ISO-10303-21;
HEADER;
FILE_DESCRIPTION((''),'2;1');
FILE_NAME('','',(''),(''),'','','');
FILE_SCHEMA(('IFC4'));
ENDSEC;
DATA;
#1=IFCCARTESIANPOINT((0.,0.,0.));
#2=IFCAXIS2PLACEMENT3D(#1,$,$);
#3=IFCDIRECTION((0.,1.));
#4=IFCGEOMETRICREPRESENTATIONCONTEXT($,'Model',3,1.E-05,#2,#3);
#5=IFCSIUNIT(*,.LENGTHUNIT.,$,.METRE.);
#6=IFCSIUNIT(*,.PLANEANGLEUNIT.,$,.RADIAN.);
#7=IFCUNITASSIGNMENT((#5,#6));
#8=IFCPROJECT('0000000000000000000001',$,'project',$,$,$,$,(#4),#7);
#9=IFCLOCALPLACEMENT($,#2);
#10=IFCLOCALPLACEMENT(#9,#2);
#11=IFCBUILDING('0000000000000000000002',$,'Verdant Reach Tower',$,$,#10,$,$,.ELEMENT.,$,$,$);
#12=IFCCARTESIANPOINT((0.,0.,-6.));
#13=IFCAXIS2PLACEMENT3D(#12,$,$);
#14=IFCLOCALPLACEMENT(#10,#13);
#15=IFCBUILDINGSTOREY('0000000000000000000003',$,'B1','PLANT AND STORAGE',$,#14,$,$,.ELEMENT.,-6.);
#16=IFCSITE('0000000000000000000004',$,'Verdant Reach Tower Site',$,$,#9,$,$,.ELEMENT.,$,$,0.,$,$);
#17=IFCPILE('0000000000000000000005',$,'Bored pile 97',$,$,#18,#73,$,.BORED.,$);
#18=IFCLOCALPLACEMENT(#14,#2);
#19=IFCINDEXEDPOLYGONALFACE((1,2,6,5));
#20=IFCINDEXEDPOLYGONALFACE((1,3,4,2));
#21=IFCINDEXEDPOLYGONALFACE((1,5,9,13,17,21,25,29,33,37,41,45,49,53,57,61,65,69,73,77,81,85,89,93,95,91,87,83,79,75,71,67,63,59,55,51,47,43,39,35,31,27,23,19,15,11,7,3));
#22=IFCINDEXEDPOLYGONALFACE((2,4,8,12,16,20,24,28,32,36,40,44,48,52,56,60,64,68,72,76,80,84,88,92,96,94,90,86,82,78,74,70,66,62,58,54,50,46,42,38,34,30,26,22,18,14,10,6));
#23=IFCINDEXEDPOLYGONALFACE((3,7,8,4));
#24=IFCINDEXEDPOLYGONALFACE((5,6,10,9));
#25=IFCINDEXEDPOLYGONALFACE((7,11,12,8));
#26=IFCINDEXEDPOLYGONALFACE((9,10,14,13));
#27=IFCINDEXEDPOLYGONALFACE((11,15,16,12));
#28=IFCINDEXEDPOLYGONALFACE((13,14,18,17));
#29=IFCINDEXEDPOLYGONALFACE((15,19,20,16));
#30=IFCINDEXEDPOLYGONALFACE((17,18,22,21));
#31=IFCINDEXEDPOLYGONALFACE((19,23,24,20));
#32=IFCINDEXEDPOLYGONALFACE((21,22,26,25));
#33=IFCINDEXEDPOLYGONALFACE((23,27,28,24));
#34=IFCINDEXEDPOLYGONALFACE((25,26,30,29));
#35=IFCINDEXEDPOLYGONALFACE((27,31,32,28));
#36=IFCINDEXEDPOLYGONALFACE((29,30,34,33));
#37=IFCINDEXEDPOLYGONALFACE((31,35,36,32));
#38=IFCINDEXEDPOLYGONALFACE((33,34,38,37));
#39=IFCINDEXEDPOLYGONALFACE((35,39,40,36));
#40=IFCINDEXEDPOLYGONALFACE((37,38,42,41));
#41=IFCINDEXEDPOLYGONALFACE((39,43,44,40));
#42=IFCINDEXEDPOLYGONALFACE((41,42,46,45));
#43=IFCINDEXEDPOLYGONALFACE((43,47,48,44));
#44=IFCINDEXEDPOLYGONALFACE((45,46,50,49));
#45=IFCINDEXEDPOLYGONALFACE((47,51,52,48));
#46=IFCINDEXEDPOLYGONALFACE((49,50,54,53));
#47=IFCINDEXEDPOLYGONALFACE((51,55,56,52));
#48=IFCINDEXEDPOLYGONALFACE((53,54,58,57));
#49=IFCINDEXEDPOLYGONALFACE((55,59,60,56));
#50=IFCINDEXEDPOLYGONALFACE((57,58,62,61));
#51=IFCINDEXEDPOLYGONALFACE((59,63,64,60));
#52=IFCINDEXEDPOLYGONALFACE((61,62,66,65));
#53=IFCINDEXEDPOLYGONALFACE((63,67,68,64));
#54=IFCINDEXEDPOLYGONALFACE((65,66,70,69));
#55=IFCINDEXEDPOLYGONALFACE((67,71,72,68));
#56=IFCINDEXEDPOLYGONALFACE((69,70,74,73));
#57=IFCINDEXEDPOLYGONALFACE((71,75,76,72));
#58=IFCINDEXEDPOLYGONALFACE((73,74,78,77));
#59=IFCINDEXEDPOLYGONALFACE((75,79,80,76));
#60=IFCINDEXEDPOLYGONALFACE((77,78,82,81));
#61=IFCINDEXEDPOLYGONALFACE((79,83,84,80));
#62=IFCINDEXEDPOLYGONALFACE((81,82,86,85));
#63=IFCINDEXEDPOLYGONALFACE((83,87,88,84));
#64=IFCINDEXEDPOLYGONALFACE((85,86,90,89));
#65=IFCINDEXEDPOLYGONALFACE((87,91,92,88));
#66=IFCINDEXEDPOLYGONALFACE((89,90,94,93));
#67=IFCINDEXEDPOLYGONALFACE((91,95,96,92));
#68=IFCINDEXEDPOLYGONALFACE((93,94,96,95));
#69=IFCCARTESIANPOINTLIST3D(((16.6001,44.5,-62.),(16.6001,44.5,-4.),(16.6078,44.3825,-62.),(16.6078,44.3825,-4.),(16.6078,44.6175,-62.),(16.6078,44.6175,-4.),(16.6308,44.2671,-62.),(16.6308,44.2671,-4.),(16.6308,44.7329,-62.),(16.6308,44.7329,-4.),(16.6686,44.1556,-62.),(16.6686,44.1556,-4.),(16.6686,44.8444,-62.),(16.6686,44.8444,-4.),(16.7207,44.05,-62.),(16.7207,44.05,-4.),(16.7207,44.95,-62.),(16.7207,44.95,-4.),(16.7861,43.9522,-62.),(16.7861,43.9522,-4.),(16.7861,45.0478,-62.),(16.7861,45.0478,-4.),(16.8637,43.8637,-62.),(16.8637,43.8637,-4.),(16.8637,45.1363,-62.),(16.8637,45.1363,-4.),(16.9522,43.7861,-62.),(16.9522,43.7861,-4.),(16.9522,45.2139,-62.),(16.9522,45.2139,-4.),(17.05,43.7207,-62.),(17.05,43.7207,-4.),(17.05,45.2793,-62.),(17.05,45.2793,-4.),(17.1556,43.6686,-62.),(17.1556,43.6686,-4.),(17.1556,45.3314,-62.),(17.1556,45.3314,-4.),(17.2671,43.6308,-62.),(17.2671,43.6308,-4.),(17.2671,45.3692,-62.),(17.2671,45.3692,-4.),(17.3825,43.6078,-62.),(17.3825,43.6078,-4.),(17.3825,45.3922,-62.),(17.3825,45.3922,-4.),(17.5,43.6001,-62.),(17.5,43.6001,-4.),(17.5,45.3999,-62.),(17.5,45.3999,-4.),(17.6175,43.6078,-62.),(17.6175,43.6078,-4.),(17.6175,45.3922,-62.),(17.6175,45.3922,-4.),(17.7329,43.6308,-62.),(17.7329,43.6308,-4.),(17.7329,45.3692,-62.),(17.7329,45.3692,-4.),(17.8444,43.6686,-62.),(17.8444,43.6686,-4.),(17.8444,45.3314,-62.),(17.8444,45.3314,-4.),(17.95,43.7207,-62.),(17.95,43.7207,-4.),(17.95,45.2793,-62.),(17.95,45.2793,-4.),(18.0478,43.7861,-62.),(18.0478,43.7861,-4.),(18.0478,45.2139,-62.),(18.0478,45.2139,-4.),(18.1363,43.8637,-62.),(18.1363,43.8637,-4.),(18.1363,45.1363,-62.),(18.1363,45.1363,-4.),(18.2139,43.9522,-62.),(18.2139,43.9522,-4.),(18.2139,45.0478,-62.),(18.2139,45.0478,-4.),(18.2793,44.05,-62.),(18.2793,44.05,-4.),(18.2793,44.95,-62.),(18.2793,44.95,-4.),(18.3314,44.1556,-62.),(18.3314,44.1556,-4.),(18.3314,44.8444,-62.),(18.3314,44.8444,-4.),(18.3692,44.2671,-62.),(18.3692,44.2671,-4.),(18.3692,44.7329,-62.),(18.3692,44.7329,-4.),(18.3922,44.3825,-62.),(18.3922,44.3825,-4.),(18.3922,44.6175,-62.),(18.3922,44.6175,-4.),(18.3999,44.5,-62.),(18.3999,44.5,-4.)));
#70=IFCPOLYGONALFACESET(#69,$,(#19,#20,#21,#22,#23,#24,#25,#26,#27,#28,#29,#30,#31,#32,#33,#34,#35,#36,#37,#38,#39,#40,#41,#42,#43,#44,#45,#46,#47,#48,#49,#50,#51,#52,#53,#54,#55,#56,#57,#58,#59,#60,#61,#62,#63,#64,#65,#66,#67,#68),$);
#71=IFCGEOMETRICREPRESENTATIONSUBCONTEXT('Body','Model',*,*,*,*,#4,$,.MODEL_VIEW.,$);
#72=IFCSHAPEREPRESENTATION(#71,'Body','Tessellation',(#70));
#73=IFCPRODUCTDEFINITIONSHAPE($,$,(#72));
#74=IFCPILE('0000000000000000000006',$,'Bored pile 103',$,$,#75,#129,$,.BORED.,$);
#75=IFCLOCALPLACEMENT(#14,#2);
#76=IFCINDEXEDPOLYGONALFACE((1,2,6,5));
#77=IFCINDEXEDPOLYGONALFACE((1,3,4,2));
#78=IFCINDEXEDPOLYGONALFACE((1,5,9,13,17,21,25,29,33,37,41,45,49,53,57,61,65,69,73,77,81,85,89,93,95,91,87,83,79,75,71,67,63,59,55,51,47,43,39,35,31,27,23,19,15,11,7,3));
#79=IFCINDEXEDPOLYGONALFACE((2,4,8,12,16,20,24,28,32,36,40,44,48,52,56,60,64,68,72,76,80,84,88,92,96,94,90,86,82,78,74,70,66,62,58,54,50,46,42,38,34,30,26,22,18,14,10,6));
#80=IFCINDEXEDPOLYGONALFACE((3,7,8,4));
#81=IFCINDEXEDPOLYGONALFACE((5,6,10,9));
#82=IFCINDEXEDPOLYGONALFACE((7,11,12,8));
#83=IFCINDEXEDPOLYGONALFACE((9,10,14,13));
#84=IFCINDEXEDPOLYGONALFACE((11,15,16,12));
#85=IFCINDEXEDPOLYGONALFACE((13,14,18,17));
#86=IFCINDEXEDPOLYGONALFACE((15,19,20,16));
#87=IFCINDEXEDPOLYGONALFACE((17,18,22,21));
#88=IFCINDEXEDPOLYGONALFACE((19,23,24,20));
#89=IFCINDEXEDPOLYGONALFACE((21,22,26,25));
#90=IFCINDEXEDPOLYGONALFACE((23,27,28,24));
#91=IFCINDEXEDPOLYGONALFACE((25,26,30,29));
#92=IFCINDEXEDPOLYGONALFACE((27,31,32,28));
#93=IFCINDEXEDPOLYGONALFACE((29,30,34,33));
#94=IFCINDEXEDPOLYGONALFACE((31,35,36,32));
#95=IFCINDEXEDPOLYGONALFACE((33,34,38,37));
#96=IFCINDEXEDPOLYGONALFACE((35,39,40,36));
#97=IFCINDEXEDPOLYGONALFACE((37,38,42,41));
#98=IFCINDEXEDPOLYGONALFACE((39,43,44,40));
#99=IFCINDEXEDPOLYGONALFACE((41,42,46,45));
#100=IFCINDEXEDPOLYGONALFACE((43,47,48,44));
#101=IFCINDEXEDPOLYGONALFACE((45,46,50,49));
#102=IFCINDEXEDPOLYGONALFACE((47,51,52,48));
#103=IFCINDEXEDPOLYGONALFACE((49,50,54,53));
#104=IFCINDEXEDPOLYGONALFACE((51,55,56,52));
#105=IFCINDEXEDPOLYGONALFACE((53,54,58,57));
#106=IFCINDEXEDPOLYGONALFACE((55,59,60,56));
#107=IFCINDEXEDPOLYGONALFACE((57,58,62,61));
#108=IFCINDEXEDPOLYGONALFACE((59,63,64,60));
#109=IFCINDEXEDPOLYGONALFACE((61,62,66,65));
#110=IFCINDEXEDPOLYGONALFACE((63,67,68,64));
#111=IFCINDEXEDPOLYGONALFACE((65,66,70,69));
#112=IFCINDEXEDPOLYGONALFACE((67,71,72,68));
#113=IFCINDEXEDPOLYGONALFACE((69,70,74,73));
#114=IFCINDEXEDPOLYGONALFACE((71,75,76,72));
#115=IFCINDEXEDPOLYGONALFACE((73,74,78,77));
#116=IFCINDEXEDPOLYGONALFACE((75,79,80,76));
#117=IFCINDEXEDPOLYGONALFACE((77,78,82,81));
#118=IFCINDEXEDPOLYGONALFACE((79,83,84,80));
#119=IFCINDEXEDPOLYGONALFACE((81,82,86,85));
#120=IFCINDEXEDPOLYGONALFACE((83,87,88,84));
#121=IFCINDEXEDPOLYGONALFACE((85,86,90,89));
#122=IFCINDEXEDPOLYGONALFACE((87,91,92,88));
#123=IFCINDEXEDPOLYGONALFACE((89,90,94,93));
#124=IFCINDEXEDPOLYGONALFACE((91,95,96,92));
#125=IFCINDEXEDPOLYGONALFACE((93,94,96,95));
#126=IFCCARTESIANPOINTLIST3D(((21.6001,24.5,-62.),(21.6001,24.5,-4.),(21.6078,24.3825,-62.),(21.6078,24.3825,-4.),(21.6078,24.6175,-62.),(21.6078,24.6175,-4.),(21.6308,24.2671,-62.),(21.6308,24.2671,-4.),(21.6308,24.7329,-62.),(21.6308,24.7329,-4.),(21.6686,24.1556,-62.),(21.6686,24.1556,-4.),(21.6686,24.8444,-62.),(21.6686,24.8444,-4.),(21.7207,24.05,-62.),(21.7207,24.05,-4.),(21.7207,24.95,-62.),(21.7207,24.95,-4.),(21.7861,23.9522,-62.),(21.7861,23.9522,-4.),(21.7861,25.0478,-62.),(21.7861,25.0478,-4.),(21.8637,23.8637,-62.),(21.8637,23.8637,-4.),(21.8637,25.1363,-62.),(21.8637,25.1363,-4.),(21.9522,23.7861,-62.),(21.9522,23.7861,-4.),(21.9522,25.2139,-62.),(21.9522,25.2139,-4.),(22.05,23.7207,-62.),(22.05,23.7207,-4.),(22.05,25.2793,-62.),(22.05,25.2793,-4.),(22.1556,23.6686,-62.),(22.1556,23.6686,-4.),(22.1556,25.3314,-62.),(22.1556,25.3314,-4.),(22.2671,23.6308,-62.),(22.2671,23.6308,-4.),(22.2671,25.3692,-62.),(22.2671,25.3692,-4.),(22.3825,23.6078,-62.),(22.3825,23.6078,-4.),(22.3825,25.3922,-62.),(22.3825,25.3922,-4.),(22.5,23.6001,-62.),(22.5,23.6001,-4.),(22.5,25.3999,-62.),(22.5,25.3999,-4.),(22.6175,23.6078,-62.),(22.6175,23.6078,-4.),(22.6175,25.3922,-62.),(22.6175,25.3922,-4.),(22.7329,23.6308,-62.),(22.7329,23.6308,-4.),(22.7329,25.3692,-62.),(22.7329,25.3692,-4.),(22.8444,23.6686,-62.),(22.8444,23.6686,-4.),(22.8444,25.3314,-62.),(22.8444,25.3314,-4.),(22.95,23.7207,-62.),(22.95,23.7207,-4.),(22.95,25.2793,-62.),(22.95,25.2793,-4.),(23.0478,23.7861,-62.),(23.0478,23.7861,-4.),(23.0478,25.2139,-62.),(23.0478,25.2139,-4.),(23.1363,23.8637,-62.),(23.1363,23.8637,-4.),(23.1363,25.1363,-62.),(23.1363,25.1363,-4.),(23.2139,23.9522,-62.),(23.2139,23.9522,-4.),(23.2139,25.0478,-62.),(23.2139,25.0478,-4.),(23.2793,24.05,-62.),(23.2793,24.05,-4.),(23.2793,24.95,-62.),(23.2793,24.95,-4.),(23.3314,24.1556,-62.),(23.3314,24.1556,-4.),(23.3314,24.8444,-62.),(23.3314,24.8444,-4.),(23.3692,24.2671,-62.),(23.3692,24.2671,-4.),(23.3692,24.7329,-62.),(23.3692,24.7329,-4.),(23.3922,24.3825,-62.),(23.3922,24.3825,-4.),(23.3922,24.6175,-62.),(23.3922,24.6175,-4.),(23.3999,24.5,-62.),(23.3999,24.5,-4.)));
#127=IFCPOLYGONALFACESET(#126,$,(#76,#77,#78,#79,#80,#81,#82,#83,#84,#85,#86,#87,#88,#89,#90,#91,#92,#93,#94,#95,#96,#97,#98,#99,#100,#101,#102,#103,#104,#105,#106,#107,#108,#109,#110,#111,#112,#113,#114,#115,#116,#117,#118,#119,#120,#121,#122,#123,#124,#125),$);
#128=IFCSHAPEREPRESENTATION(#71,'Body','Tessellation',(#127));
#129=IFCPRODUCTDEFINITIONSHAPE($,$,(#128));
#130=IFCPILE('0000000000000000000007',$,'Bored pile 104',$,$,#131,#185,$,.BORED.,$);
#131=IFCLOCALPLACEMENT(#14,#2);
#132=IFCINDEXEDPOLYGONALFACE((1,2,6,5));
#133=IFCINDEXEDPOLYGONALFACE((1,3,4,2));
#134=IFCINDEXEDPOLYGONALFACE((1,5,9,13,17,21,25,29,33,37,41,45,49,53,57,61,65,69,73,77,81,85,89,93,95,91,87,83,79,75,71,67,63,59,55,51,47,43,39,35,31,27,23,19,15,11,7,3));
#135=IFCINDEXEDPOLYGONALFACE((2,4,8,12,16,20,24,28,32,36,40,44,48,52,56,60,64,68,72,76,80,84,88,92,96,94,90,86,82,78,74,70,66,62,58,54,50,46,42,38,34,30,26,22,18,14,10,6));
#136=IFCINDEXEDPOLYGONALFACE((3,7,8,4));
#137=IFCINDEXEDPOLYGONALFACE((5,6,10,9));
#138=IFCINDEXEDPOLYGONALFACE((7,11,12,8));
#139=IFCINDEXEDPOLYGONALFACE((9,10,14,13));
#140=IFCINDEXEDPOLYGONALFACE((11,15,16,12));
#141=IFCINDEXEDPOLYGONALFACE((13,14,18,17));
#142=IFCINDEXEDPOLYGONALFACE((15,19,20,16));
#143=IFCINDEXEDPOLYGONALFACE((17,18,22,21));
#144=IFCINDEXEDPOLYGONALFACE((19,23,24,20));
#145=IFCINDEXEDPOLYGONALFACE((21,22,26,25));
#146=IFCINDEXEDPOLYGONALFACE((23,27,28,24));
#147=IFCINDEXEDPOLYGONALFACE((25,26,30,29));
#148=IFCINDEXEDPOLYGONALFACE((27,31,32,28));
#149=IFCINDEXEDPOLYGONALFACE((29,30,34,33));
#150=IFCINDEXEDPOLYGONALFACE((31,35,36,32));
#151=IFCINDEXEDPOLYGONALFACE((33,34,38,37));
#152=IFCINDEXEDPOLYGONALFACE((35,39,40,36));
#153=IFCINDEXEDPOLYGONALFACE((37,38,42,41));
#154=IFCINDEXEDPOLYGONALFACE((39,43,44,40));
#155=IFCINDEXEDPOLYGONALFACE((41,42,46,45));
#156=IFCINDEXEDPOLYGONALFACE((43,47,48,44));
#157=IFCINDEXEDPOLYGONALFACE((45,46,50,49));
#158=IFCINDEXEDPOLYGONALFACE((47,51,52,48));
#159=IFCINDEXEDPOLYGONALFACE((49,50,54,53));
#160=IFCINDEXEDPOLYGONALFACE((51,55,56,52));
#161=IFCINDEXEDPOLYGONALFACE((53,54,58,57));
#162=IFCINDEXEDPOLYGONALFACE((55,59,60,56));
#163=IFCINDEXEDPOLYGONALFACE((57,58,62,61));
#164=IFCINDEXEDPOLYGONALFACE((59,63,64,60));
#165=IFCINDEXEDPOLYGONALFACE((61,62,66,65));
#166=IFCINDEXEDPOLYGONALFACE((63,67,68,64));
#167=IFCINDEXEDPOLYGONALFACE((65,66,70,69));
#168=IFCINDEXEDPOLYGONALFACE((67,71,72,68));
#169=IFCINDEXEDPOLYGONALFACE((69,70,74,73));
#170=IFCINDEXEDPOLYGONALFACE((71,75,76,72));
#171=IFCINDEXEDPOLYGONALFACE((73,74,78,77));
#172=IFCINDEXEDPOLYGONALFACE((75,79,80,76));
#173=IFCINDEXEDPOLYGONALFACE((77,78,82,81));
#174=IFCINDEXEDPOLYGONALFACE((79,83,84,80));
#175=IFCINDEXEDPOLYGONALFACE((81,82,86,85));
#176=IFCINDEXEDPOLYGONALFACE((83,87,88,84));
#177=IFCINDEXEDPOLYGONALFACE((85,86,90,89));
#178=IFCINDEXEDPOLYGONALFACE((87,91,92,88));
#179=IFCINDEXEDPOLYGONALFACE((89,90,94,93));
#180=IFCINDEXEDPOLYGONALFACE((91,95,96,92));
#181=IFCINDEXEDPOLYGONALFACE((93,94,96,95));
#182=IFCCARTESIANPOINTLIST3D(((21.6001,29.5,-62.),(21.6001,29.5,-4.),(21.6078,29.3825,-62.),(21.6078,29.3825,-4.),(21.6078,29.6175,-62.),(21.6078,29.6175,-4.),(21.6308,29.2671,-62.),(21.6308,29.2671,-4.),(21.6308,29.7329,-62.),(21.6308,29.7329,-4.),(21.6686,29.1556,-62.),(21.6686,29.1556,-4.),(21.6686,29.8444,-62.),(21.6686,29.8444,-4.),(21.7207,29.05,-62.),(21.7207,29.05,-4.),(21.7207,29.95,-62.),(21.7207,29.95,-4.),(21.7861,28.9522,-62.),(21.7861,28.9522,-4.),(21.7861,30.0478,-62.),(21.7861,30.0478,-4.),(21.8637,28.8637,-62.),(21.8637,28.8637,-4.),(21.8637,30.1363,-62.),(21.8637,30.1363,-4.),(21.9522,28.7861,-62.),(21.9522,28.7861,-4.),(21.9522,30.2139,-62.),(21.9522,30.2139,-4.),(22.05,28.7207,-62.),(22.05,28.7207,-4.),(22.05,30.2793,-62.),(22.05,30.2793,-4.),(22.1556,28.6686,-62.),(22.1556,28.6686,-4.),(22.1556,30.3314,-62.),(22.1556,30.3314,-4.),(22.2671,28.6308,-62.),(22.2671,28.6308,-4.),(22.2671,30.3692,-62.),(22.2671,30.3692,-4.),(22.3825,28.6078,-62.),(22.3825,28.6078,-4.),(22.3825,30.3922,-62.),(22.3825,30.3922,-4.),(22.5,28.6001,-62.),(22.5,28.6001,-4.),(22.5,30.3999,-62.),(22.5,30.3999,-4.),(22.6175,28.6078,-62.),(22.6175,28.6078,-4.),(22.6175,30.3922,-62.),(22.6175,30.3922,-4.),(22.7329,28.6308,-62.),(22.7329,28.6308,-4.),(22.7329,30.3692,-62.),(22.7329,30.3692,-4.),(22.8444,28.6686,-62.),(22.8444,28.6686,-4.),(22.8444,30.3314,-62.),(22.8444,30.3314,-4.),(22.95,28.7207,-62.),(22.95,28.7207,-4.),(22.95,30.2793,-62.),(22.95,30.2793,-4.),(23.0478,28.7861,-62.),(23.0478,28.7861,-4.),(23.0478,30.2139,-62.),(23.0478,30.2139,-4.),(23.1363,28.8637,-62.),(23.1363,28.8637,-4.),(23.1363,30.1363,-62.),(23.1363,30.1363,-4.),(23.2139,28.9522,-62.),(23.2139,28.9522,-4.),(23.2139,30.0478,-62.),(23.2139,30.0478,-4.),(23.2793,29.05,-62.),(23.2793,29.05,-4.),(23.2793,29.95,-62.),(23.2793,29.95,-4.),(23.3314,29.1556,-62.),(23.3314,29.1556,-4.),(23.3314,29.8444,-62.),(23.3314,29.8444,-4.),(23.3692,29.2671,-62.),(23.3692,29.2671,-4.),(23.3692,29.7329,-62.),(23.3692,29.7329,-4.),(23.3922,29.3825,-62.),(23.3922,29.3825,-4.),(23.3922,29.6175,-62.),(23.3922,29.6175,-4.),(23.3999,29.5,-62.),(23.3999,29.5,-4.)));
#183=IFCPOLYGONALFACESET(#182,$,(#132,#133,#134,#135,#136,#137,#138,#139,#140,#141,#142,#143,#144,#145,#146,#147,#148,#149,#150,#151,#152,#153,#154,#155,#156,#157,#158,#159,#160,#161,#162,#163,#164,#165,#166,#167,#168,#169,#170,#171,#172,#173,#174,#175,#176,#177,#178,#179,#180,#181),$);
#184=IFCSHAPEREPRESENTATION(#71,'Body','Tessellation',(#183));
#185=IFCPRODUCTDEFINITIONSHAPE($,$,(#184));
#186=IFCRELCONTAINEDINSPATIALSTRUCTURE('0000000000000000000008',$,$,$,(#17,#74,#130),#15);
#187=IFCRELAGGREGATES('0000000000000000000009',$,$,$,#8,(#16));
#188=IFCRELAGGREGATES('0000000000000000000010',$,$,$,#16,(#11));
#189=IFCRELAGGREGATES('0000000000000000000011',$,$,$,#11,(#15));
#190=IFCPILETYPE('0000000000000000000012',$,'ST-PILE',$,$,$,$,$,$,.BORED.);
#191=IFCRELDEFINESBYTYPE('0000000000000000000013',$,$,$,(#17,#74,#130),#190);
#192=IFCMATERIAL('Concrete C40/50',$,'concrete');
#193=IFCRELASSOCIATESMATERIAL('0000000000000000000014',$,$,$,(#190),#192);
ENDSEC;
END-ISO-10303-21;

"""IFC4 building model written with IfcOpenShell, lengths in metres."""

from ifc_helpers import new_model, si_unit, direction, frame, origin, origin_2d, place, context, subcontext, project, spatial, circle, extrude, material, material_profile, profile_set, type_object, element, save


model = new_model("IFC4")

# Units and contexts
model_context = context("Model", 3, precision=1e-05, world=origin(), true_north=direction((0.0, 1.0)))
body_context = subcontext(model_context, "Body", "Model", "MODEL_VIEW")
ifc_project = project(units=[si_unit("LENGTHUNIT", "METRE"), si_unit("PLANEANGLEUNIT", "RADIAN")], contexts=[model_context])

# Site, building, storey
site_placement = place(None, origin())
site = spatial("IfcSite", under=ifc_project, at=site_placement, Name="Verdant Reach Tower Site", CompositionType="ELEMENT", RefElevation=0.0)
building_placement = place(site_placement, origin())
building = spatial("IfcBuilding", under=site, at=building_placement, Name="Verdant Reach Tower", CompositionType="ELEMENT")
storey_placement = place(building_placement, frame((0.0, 0.0, -6.0)))
storey = spatial("IfcBuildingStorey", under=building, at=storey_placement, Name="B1", Description="PLANT AND STORAGE", CompositionType="ELEMENT", Elevation=-6.0)

# Piles
ifc_material_1 = material(Name="Concrete C40/50", Category="concrete")
ifc_material_profile_1 = material_profile(ifc_material_1, circle(Radius=0.8999, at=origin_2d()), Name="BP 1800")
ifc_profile_set_1 = profile_set([ifc_material_profile_1], Name="Concrete C40/50")
pile_type = type_object("IfcPileType", Name="ST-PILE", PredefinedType="BORED", material=ifc_profile_set_1)
for number, where, z_axis, x_axis, name in (
    (1, (17.5, 44.5, -4.0), (0.0, 0.0, -1.0), (1.0, 0.0, 0.0), "Bored pile 97"),
    (2, (22.5, 24.5, -4.0), (0.0, 0.0, -1.0), (1.0, 0.0, 0.0), "Bored pile 103"),
    (3, (22.5, 29.5, -4.0), (0.0, 0.0, -1.0), (1.0, 0.0, 0.0), "Bored pile 104"),
):
    element("IfcPile", number, at=place(storey_placement, frame(where, z_axis=z_axis, x_axis=x_axis)), inside=storey, type_object=pile_type, Name=name, PredefinedType="BORED", context=body_context, shape_type="SweptSolid", body=[
        extrude(circle(Radius=0.8999, at=origin_2d()), origin(), (0.0, 0.0, 1.0), 58.0),
    ])

save(model, "model.ifc")
